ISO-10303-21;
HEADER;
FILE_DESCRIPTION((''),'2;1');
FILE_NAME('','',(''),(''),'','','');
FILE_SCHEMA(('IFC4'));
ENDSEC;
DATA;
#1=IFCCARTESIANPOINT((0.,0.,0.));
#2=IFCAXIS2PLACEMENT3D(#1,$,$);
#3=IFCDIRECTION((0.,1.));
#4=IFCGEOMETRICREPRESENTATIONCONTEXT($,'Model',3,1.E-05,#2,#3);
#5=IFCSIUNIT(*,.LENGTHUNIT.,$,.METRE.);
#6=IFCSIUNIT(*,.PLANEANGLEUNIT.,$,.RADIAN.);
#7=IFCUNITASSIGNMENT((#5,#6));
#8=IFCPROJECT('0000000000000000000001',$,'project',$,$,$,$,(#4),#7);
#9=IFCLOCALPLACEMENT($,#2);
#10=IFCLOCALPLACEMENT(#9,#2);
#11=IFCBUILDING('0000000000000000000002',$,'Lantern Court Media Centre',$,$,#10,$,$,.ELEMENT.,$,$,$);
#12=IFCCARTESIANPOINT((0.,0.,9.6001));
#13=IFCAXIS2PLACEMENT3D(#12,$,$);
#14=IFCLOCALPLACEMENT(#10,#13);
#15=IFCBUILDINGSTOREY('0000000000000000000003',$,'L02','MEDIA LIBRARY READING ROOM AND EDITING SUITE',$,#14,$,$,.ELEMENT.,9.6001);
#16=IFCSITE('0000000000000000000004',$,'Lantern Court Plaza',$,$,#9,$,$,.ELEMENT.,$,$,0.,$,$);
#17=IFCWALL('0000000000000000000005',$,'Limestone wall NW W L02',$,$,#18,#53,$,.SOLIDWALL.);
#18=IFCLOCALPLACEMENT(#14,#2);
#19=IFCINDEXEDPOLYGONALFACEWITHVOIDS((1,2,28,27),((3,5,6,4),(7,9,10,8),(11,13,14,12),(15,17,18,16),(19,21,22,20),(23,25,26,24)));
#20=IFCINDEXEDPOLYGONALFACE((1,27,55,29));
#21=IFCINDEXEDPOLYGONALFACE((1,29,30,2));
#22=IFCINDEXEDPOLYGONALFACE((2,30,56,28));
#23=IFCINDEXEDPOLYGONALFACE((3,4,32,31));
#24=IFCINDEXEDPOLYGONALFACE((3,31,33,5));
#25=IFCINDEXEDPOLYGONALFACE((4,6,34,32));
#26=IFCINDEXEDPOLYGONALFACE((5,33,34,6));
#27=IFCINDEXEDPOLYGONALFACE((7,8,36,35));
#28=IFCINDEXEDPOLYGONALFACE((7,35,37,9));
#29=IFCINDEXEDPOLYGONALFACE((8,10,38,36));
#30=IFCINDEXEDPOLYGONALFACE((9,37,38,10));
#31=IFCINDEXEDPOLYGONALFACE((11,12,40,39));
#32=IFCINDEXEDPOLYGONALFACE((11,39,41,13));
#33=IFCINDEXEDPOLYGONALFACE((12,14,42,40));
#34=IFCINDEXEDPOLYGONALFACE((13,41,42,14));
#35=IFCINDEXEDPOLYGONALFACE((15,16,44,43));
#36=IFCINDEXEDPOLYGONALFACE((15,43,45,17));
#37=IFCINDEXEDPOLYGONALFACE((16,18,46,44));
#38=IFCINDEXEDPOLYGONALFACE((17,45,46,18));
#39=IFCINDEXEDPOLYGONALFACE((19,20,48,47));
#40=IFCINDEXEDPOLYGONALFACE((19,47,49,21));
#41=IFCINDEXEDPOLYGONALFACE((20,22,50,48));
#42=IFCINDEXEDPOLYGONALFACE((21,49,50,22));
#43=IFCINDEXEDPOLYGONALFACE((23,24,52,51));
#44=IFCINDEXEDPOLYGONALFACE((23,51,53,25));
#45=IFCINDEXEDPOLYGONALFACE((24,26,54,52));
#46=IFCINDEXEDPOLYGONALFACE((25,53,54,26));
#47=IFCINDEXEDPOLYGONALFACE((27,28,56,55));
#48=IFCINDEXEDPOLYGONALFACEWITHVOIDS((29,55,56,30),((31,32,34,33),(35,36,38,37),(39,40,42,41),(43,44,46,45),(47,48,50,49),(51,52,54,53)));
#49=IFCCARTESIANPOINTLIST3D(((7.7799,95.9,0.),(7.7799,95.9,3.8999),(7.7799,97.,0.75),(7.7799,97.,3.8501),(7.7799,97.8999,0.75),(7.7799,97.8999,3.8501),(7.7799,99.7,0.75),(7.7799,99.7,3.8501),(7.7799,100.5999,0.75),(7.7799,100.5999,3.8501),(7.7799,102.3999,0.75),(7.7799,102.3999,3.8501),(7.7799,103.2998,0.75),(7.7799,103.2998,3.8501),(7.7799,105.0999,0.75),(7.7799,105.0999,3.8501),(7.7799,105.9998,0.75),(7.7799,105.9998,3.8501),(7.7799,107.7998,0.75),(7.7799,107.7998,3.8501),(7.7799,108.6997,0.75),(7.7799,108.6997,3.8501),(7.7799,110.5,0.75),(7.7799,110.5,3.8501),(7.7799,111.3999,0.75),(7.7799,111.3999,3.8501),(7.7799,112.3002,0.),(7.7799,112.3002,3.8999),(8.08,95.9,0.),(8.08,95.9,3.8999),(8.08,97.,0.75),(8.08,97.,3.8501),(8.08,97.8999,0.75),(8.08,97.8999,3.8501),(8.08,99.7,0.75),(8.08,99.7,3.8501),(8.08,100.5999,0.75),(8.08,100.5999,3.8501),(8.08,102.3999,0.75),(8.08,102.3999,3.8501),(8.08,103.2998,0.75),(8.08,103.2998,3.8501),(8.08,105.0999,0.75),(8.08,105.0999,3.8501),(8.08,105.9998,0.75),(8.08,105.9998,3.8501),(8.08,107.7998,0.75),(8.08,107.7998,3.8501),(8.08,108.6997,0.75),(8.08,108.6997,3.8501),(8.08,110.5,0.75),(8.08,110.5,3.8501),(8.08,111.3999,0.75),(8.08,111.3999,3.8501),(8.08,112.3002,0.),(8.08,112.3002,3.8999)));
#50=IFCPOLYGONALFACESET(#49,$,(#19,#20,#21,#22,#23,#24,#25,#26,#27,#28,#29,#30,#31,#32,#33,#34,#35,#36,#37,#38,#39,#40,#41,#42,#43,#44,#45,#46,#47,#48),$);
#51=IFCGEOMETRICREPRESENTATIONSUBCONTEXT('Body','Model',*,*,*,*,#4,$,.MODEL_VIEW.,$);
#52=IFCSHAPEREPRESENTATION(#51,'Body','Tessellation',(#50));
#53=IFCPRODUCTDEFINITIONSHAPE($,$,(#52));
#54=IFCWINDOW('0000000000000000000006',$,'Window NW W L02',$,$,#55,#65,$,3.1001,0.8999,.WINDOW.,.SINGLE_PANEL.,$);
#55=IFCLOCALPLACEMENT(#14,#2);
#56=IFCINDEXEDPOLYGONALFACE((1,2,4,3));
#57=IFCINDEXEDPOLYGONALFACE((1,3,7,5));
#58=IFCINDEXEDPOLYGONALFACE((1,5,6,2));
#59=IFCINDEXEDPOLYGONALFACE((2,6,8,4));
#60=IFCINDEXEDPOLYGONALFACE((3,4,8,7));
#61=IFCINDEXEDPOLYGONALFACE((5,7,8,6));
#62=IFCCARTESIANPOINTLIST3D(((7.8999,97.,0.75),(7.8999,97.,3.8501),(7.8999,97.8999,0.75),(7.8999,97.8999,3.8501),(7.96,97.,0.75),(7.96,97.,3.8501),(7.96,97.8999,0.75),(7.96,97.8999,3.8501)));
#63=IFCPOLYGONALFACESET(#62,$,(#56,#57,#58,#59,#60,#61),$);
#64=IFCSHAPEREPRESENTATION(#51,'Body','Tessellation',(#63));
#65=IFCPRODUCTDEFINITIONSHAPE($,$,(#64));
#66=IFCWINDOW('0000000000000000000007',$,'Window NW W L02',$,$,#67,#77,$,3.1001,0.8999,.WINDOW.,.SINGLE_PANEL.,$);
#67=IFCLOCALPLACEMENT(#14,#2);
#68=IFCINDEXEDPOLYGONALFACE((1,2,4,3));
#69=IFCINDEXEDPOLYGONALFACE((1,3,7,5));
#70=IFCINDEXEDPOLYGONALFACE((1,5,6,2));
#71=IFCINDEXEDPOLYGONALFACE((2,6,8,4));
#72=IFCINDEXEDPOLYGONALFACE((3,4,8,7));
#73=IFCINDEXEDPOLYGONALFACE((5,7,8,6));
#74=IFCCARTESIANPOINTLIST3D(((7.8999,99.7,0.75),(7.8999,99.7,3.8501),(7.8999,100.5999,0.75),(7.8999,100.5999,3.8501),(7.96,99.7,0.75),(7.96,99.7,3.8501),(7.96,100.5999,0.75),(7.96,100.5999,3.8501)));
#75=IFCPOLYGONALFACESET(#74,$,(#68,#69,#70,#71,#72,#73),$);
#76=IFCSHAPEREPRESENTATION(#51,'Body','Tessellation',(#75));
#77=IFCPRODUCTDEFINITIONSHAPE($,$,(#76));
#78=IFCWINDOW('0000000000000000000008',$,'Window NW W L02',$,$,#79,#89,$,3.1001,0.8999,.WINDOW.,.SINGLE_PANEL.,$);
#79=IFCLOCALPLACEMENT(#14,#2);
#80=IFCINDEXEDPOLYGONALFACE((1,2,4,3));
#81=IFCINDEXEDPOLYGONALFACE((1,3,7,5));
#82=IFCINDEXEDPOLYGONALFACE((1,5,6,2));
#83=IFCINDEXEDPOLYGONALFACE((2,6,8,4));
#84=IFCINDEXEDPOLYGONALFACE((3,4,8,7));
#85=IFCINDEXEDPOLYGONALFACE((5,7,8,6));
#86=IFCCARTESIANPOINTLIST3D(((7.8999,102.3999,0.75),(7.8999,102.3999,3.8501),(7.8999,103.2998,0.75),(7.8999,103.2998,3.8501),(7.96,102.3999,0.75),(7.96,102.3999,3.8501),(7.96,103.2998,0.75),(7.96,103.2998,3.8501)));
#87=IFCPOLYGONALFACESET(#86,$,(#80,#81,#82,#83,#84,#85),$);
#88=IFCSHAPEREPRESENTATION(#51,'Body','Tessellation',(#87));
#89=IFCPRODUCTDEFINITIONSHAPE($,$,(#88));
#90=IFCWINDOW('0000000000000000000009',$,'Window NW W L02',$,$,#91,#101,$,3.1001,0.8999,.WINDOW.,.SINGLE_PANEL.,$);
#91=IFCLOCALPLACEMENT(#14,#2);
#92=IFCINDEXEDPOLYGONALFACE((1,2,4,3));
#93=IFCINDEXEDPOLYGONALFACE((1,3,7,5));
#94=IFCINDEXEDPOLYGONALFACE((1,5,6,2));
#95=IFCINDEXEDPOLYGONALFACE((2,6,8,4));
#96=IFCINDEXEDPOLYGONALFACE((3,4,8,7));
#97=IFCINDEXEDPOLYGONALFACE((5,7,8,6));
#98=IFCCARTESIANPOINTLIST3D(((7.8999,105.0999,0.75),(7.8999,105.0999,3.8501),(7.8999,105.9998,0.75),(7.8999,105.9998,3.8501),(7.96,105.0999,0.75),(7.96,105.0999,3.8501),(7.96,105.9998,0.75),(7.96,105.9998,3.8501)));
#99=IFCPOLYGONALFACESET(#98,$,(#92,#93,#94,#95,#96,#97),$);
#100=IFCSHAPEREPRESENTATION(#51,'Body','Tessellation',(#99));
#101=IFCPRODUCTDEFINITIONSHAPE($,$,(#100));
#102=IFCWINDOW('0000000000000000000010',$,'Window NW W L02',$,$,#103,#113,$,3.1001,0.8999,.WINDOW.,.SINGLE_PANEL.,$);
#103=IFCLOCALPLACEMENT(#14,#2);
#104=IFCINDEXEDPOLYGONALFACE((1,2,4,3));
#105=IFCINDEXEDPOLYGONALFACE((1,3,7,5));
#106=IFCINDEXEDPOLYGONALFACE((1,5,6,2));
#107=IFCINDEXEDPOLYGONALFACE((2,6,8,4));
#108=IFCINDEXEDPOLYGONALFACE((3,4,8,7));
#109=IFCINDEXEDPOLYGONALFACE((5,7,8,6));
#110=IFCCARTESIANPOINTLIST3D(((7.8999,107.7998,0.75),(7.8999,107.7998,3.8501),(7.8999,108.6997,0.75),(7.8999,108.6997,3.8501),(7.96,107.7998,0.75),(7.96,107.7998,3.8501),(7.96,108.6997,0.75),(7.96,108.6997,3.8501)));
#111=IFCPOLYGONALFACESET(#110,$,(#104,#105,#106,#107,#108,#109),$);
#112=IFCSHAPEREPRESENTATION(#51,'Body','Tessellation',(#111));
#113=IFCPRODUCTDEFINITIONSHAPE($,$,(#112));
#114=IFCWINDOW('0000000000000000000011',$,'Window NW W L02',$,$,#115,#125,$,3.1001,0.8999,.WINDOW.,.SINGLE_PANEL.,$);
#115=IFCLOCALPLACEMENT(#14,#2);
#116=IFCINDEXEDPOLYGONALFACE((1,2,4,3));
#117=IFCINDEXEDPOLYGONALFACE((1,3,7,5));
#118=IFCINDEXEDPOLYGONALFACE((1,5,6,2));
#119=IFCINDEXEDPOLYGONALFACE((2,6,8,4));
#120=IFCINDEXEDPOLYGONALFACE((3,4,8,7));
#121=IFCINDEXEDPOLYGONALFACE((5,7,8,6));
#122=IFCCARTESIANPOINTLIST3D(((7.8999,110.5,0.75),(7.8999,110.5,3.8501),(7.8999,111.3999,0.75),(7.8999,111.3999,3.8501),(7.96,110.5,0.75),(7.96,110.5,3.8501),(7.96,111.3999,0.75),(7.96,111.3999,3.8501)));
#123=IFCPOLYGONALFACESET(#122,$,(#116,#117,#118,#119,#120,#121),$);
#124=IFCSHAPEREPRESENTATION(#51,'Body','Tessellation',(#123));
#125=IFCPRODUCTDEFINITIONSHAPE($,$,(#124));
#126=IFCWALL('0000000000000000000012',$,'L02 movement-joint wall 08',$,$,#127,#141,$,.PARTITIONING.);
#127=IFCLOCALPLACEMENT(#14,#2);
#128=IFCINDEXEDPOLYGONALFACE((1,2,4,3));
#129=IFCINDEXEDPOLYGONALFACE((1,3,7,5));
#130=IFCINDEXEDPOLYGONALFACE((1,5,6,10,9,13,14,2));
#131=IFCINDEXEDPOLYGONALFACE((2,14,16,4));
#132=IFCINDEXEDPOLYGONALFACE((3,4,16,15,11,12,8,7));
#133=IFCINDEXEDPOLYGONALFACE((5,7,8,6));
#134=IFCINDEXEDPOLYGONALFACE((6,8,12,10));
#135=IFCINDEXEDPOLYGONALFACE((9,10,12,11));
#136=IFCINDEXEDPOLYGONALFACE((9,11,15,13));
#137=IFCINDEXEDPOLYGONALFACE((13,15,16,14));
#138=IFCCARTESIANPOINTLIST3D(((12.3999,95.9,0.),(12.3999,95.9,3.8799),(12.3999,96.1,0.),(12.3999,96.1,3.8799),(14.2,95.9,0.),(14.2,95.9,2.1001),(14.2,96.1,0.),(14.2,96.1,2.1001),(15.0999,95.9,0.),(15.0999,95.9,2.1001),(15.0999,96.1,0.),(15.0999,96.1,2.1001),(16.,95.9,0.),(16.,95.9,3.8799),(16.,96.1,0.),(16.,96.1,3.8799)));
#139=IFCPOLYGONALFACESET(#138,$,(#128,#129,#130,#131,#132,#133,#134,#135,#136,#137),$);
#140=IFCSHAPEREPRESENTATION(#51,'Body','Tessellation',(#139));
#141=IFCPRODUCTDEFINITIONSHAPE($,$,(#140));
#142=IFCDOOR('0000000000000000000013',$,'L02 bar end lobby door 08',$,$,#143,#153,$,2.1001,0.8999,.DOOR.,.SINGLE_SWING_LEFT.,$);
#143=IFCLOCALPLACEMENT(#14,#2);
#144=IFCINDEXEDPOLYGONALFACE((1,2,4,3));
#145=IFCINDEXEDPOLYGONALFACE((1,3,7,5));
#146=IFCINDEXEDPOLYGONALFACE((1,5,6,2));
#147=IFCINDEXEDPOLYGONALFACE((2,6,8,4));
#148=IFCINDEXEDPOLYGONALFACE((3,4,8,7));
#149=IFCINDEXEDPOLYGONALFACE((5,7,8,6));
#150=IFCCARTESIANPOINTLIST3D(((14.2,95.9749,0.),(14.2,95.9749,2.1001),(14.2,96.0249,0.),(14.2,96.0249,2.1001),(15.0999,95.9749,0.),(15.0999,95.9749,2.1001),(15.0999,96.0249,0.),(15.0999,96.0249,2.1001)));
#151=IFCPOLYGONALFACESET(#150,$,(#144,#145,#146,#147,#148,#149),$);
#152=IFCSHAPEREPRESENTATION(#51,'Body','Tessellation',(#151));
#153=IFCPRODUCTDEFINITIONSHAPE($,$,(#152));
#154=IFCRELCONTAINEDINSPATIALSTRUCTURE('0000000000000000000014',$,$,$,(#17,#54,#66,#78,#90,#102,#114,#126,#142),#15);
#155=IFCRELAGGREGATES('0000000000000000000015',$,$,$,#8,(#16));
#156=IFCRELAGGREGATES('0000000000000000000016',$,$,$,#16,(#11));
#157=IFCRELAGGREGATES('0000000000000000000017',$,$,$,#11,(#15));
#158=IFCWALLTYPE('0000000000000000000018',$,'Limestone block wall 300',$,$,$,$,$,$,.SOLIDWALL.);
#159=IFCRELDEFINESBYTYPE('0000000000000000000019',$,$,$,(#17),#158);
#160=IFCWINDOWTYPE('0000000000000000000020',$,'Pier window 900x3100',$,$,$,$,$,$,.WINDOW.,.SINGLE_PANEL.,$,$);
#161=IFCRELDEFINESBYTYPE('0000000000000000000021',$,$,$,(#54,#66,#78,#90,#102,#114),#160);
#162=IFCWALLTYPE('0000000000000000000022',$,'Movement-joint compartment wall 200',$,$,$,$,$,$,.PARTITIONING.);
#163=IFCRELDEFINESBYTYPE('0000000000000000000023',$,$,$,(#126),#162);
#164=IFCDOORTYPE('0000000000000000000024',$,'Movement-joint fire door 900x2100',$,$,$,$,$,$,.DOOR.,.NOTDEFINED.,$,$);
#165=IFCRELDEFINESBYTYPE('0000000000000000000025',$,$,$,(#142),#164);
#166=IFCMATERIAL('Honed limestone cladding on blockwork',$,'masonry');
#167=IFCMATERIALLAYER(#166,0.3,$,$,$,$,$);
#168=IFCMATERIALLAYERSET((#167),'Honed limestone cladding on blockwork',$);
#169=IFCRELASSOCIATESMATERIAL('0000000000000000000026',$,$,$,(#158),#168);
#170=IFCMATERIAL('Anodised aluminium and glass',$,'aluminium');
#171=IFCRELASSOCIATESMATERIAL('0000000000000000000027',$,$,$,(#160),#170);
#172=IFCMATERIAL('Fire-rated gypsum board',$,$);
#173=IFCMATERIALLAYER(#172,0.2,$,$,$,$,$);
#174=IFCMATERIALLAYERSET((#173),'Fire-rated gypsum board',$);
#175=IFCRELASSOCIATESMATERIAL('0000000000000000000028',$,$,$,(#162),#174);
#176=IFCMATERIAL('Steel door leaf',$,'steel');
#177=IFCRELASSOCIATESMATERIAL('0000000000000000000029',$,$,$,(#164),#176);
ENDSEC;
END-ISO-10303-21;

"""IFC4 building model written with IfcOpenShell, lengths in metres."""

from ifc_helpers import new_model, si_unit, direction, frame, frame_2d, origin, place, context, subcontext, project, spatial, rectangle, extrude, material, layer, layer_set, type_object, element, fill, save


model = new_model("IFC4")

# Units and contexts
model_context = context("Model", 3, precision=1e-05, world=origin(), true_north=direction((0.0, 1.0)))
body_context = subcontext(model_context, "Body", "Model", "MODEL_VIEW")
ifc_project = project(units=[si_unit("LENGTHUNIT", "METRE"), si_unit("PLANEANGLEUNIT", "RADIAN")], contexts=[model_context])

# Site, building, storey
site_placement = place(None, origin())
site = spatial("IfcSite", under=ifc_project, at=site_placement, Name="Lantern Court Plaza", CompositionType="ELEMENT", RefElevation=0.0)
building_placement = place(site_placement, origin())
building = spatial("IfcBuilding", under=site, at=building_placement, Name="Lantern Court Media Centre", CompositionType="ELEMENT")
storey_placement = place(building_placement, frame((0.0, 0.0, 9.6001)))
storey = spatial("IfcBuildingStorey", under=building, at=storey_placement, Name="L02", Description="MEDIA LIBRARY READING ROOM AND EDITING SUITE", CompositionType="ELEMENT", Elevation=9.6001)

# Wall, openings, windows
ifc_material_1 = material(Name="Honed limestone cladding on blockwork", Category="masonry")
ifc_layer_1 = layer(ifc_material_1, 0.3)
ifc_layer_set_1 = layer_set([ifc_layer_1], Name="Honed limestone cladding on blockwork")
wall_type_1 = type_object("IfcWallType", Name="Limestone block wall 300", PredefinedType="SOLIDWALL", material=ifc_layer_set_1)
wall_1_placement = place(storey_placement, frame((7.9299, 95.8999, 0.0), z_axis=(0.0, 0.0, 1.0), x_axis=(0.0, 1.0, 0.0)))
wall_1 = element("IfcWall", 1, at=wall_1_placement, inside=storey, type_object=wall_type_1, Name="Limestone wall NW W L02", PredefinedType="SOLIDWALL", context=body_context, shape_type="SweptSolid", body=[
    extrude(rectangle(XDim=16.4001, YDim=0.3, at=frame_2d((8.2002, 0.0))), origin(), (0.0, 0.0, 1.0), 3.8999),
])
opening_1_placement = place(wall_1_placement, frame((1.1001, 0.0, 0.75)))
opening_1 = element("IfcOpeningElement", 2, at=opening_1_placement, cuts=wall_1, PredefinedType="OPENING", context=body_context, shape_type="SweptSolid", body=[
    extrude(rectangle(XDim=0.8999, YDim=3.1001, at=frame_2d((0.45, 1.55))), frame((0.0, 0.1599, 0.0), z_axis=(0.0, -1.0, 0.0), x_axis=(1.0, 0.0, 0.0)), (0.0, 0.0, 1.0), 0.3201),
])
opening_2_placement = place(wall_1_placement, frame((3.8, 0.0, 0.75)))
opening_2 = element("IfcOpeningElement", 3, at=opening_2_placement, cuts=wall_1, PredefinedType="OPENING", context=body_context, shape_type="SweptSolid", body=[
    extrude(rectangle(XDim=0.8999, YDim=3.1001, at=frame_2d((0.45, 1.55))), frame((0.0, 0.1599, 0.0), z_axis=(0.0, -1.0, 0.0), x_axis=(1.0, 0.0, 0.0)), (0.0, 0.0, 1.0), 0.3201),
])
opening_3_placement = place(wall_1_placement, frame((6.5, 0.0, 0.75)))
opening_3 = element("IfcOpeningElement", 4, at=opening_3_placement, cuts=wall_1, PredefinedType="OPENING", context=body_context, shape_type="SweptSolid", body=[
    extrude(rectangle(XDim=0.8999, YDim=3.1001, at=frame_2d((0.45, 1.55))), frame((0.0, 0.1599, 0.0), z_axis=(0.0, -1.0, 0.0), x_axis=(1.0, 0.0, 0.0)), (0.0, 0.0, 1.0), 0.3201),
])
opening_4_placement = place(wall_1_placement, frame((9.2, 0.0, 0.75)))
opening_4 = element("IfcOpeningElement", 5, at=opening_4_placement, cuts=wall_1, PredefinedType="OPENING", context=body_context, shape_type="SweptSolid", body=[
    extrude(rectangle(XDim=0.8999, YDim=3.1001, at=frame_2d((0.45, 1.55))), frame((0.0, 0.1599, 0.0), z_axis=(0.0, -1.0, 0.0), x_axis=(1.0, 0.0, 0.0)), (0.0, 0.0, 1.0), 0.3201),
])
opening_5_placement = place(wall_1_placement, frame((11.8999, 0.0, 0.75)))
opening_5 = element("IfcOpeningElement", 6, at=opening_5_placement, cuts=wall_1, PredefinedType="OPENING", context=body_context, shape_type="SweptSolid", body=[
    extrude(rectangle(XDim=0.8999, YDim=3.1001, at=frame_2d((0.45, 1.55))), frame((0.0, 0.1599, 0.0), z_axis=(0.0, -1.0, 0.0), x_axis=(1.0, 0.0, 0.0)), (0.0, 0.0, 1.0), 0.3201),
])
opening_6_placement = place(wall_1_placement, frame((14.6001, 0.0, 0.75)))
opening_6 = element("IfcOpeningElement", 7, at=opening_6_placement, cuts=wall_1, PredefinedType="OPENING", context=body_context, shape_type="SweptSolid", body=[
    extrude(rectangle(XDim=0.8999, YDim=3.1001, at=frame_2d((0.45, 1.55))), frame((0.0, 0.1599, 0.0), z_axis=(0.0, -1.0, 0.0), x_axis=(1.0, 0.0, 0.0)), (0.0, 0.0, 1.0), 0.3201),
])
ifc_material_2 = material(Name="Anodised aluminium and glass", Category="aluminium")
window_type_1 = type_object("IfcWindowType", Name="Pier window 900x3100", PartitioningType="SINGLE_PANEL", PredefinedType="WINDOW", material=ifc_material_2)
window_1_placement = place(opening_1_placement, origin())
window_1 = element("IfcWindow", 8, at=window_1_placement, inside=storey, type_object=window_type_1, Name="Window NW W L02", OverallHeight=3.1001, OverallWidth=0.8999, PartitioningType="SINGLE_PANEL", PredefinedType="WINDOW", context=body_context, shape_type="SweptSolid", body=[
    extrude(rectangle(XDim=0.8999, YDim=3.1001, at=frame_2d((0.45, 1.55))), frame((0.0, 0.03, 0.0), z_axis=(0.0, -1.0, 0.0), x_axis=(1.0, 0.0, 0.0)), (0.0, 0.0, 1.0), 0.0601),
])
fill(opening_1, window_1)
window_2_placement = place(opening_2_placement, origin())
window_2 = element("IfcWindow", 9, at=window_2_placement, inside=storey, type_object=window_type_1, Name="Window NW W L02", OverallHeight=3.1001, OverallWidth=0.8999, PartitioningType="SINGLE_PANEL", PredefinedType="WINDOW", context=body_context, shape_type="SweptSolid", body=[
    extrude(rectangle(XDim=0.8999, YDim=3.1001, at=frame_2d((0.45, 1.55))), frame((0.0, 0.03, 0.0), z_axis=(0.0, -1.0, 0.0), x_axis=(1.0, 0.0, 0.0)), (0.0, 0.0, 1.0), 0.0601),
])
fill(opening_2, window_2)
window_3_placement = place(opening_3_placement, origin())
window_3 = element("IfcWindow", 10, at=window_3_placement, inside=storey, type_object=window_type_1, Name="Window NW W L02", OverallHeight=3.1001, OverallWidth=0.8999, PartitioningType="SINGLE_PANEL", PredefinedType="WINDOW", context=body_context, shape_type="SweptSolid", body=[
    extrude(rectangle(XDim=0.8999, YDim=3.1001, at=frame_2d((0.45, 1.55))), frame((0.0, 0.03, 0.0), z_axis=(0.0, -1.0, 0.0), x_axis=(1.0, 0.0, 0.0)), (0.0, 0.0, 1.0), 0.0601),
])
fill(opening_3, window_3)
window_4_placement = place(opening_4_placement, origin())
window_4 = element("IfcWindow", 11, at=window_4_placement, inside=storey, type_object=window_type_1, Name="Window NW W L02", OverallHeight=3.1001, OverallWidth=0.8999, PartitioningType="SINGLE_PANEL", PredefinedType="WINDOW", context=body_context, shape_type="SweptSolid", body=[
    extrude(rectangle(XDim=0.8999, YDim=3.1001, at=frame_2d((0.45, 1.55))), frame((0.0, 0.03, 0.0), z_axis=(0.0, -1.0, 0.0), x_axis=(1.0, 0.0, 0.0)), (0.0, 0.0, 1.0), 0.0601),
])
fill(opening_4, window_4)
window_5_placement = place(opening_5_placement, origin())
window_5 = element("IfcWindow", 12, at=window_5_placement, inside=storey, type_object=window_type_1, Name="Window NW W L02", OverallHeight=3.1001, OverallWidth=0.8999, PartitioningType="SINGLE_PANEL", PredefinedType="WINDOW", context=body_context, shape_type="SweptSolid", body=[
    extrude(rectangle(XDim=0.8999, YDim=3.1001, at=frame_2d((0.45, 1.55))), frame((0.0, 0.03, 0.0), z_axis=(0.0, -1.0, 0.0), x_axis=(1.0, 0.0, 0.0)), (0.0, 0.0, 1.0), 0.0601),
])
fill(opening_5, window_5)
window_6_placement = place(opening_6_placement, origin())
window_6 = element("IfcWindow", 13, at=window_6_placement, inside=storey, type_object=window_type_1, Name="Window NW W L02", OverallHeight=3.1001, OverallWidth=0.8999, PartitioningType="SINGLE_PANEL", PredefinedType="WINDOW", context=body_context, shape_type="SweptSolid", body=[
    extrude(rectangle(XDim=0.8999, YDim=3.1001, at=frame_2d((0.45, 1.55))), frame((0.0, 0.03, 0.0), z_axis=(0.0, -1.0, 0.0), x_axis=(1.0, 0.0, 0.0)), (0.0, 0.0, 1.0), 0.0601),
])
fill(opening_6, window_6)

# Wall, opening, door
ifc_material_3 = material(Name="Fire-rated gypsum board")
ifc_layer_2 = layer(ifc_material_3, 0.2)
ifc_layer_set_2 = layer_set([ifc_layer_2], Name="Fire-rated gypsum board")
wall_type_2 = type_object("IfcWallType", Name="Movement-joint compartment wall 200", PredefinedType="PARTITIONING", material=ifc_layer_set_2)
wall_2_placement = place(storey_placement, frame((12.3999, 96.0, 0.0), z_axis=(0.0, 0.0, 1.0), x_axis=(1.0, 0.0, 0.0)))
wall_2 = element("IfcWall", 14, at=wall_2_placement, inside=storey, type_object=wall_type_2, Name="L02 movement-joint wall 08", PredefinedType="PARTITIONING", context=body_context, shape_type="SweptSolid", body=[
    extrude(rectangle(XDim=3.6001, YDim=0.2, at=frame_2d((1.8, 0.0))), origin(), (0.0, 0.0, 1.0), 3.8799),
])
opening_7_placement = place(wall_2_placement, frame((1.8, 0.0, 0.0)))
opening_7 = element("IfcOpeningElement", 15, at=opening_7_placement, cuts=wall_2, PredefinedType="OPENING", context=body_context, shape_type="SweptSolid", body=[
    extrude(rectangle(XDim=0.8999, YDim=2.1001, at=frame_2d((0.45, 1.05))), frame((0.0, 0.1099, 0.0), z_axis=(0.0, -1.0, 0.0), x_axis=(1.0, 0.0, 0.0)), (0.0, 0.0, 1.0), 0.22),
])
ifc_material_4 = material(Name="Steel door leaf", Category="steel")
door_type_1 = type_object("IfcDoorType", Name="Movement-joint fire door 900x2100", OperationType="NOTDEFINED", PredefinedType="DOOR", material=ifc_material_4)
door_1_placement = place(opening_7_placement, origin())
door_1 = element("IfcDoor", 16, at=door_1_placement, inside=storey, type_object=door_type_1, Name="L02 bar end lobby door 08", OperationType="SINGLE_SWING_LEFT", OverallHeight=2.1001, OverallWidth=0.8999, PredefinedType="DOOR", context=body_context, shape_type="SweptSolid", body=[
    extrude(rectangle(XDim=0.8999, YDim=2.1001, at=frame_2d((0.45, 1.05))), frame((0.0, 0.0249, 0.0), z_axis=(0.0, -1.0, 0.0), x_axis=(1.0, 0.0, 0.0)), (0.0, 0.0, 1.0), 0.05),
])
fill(opening_7, door_1)

save(model, "model.ifc")
